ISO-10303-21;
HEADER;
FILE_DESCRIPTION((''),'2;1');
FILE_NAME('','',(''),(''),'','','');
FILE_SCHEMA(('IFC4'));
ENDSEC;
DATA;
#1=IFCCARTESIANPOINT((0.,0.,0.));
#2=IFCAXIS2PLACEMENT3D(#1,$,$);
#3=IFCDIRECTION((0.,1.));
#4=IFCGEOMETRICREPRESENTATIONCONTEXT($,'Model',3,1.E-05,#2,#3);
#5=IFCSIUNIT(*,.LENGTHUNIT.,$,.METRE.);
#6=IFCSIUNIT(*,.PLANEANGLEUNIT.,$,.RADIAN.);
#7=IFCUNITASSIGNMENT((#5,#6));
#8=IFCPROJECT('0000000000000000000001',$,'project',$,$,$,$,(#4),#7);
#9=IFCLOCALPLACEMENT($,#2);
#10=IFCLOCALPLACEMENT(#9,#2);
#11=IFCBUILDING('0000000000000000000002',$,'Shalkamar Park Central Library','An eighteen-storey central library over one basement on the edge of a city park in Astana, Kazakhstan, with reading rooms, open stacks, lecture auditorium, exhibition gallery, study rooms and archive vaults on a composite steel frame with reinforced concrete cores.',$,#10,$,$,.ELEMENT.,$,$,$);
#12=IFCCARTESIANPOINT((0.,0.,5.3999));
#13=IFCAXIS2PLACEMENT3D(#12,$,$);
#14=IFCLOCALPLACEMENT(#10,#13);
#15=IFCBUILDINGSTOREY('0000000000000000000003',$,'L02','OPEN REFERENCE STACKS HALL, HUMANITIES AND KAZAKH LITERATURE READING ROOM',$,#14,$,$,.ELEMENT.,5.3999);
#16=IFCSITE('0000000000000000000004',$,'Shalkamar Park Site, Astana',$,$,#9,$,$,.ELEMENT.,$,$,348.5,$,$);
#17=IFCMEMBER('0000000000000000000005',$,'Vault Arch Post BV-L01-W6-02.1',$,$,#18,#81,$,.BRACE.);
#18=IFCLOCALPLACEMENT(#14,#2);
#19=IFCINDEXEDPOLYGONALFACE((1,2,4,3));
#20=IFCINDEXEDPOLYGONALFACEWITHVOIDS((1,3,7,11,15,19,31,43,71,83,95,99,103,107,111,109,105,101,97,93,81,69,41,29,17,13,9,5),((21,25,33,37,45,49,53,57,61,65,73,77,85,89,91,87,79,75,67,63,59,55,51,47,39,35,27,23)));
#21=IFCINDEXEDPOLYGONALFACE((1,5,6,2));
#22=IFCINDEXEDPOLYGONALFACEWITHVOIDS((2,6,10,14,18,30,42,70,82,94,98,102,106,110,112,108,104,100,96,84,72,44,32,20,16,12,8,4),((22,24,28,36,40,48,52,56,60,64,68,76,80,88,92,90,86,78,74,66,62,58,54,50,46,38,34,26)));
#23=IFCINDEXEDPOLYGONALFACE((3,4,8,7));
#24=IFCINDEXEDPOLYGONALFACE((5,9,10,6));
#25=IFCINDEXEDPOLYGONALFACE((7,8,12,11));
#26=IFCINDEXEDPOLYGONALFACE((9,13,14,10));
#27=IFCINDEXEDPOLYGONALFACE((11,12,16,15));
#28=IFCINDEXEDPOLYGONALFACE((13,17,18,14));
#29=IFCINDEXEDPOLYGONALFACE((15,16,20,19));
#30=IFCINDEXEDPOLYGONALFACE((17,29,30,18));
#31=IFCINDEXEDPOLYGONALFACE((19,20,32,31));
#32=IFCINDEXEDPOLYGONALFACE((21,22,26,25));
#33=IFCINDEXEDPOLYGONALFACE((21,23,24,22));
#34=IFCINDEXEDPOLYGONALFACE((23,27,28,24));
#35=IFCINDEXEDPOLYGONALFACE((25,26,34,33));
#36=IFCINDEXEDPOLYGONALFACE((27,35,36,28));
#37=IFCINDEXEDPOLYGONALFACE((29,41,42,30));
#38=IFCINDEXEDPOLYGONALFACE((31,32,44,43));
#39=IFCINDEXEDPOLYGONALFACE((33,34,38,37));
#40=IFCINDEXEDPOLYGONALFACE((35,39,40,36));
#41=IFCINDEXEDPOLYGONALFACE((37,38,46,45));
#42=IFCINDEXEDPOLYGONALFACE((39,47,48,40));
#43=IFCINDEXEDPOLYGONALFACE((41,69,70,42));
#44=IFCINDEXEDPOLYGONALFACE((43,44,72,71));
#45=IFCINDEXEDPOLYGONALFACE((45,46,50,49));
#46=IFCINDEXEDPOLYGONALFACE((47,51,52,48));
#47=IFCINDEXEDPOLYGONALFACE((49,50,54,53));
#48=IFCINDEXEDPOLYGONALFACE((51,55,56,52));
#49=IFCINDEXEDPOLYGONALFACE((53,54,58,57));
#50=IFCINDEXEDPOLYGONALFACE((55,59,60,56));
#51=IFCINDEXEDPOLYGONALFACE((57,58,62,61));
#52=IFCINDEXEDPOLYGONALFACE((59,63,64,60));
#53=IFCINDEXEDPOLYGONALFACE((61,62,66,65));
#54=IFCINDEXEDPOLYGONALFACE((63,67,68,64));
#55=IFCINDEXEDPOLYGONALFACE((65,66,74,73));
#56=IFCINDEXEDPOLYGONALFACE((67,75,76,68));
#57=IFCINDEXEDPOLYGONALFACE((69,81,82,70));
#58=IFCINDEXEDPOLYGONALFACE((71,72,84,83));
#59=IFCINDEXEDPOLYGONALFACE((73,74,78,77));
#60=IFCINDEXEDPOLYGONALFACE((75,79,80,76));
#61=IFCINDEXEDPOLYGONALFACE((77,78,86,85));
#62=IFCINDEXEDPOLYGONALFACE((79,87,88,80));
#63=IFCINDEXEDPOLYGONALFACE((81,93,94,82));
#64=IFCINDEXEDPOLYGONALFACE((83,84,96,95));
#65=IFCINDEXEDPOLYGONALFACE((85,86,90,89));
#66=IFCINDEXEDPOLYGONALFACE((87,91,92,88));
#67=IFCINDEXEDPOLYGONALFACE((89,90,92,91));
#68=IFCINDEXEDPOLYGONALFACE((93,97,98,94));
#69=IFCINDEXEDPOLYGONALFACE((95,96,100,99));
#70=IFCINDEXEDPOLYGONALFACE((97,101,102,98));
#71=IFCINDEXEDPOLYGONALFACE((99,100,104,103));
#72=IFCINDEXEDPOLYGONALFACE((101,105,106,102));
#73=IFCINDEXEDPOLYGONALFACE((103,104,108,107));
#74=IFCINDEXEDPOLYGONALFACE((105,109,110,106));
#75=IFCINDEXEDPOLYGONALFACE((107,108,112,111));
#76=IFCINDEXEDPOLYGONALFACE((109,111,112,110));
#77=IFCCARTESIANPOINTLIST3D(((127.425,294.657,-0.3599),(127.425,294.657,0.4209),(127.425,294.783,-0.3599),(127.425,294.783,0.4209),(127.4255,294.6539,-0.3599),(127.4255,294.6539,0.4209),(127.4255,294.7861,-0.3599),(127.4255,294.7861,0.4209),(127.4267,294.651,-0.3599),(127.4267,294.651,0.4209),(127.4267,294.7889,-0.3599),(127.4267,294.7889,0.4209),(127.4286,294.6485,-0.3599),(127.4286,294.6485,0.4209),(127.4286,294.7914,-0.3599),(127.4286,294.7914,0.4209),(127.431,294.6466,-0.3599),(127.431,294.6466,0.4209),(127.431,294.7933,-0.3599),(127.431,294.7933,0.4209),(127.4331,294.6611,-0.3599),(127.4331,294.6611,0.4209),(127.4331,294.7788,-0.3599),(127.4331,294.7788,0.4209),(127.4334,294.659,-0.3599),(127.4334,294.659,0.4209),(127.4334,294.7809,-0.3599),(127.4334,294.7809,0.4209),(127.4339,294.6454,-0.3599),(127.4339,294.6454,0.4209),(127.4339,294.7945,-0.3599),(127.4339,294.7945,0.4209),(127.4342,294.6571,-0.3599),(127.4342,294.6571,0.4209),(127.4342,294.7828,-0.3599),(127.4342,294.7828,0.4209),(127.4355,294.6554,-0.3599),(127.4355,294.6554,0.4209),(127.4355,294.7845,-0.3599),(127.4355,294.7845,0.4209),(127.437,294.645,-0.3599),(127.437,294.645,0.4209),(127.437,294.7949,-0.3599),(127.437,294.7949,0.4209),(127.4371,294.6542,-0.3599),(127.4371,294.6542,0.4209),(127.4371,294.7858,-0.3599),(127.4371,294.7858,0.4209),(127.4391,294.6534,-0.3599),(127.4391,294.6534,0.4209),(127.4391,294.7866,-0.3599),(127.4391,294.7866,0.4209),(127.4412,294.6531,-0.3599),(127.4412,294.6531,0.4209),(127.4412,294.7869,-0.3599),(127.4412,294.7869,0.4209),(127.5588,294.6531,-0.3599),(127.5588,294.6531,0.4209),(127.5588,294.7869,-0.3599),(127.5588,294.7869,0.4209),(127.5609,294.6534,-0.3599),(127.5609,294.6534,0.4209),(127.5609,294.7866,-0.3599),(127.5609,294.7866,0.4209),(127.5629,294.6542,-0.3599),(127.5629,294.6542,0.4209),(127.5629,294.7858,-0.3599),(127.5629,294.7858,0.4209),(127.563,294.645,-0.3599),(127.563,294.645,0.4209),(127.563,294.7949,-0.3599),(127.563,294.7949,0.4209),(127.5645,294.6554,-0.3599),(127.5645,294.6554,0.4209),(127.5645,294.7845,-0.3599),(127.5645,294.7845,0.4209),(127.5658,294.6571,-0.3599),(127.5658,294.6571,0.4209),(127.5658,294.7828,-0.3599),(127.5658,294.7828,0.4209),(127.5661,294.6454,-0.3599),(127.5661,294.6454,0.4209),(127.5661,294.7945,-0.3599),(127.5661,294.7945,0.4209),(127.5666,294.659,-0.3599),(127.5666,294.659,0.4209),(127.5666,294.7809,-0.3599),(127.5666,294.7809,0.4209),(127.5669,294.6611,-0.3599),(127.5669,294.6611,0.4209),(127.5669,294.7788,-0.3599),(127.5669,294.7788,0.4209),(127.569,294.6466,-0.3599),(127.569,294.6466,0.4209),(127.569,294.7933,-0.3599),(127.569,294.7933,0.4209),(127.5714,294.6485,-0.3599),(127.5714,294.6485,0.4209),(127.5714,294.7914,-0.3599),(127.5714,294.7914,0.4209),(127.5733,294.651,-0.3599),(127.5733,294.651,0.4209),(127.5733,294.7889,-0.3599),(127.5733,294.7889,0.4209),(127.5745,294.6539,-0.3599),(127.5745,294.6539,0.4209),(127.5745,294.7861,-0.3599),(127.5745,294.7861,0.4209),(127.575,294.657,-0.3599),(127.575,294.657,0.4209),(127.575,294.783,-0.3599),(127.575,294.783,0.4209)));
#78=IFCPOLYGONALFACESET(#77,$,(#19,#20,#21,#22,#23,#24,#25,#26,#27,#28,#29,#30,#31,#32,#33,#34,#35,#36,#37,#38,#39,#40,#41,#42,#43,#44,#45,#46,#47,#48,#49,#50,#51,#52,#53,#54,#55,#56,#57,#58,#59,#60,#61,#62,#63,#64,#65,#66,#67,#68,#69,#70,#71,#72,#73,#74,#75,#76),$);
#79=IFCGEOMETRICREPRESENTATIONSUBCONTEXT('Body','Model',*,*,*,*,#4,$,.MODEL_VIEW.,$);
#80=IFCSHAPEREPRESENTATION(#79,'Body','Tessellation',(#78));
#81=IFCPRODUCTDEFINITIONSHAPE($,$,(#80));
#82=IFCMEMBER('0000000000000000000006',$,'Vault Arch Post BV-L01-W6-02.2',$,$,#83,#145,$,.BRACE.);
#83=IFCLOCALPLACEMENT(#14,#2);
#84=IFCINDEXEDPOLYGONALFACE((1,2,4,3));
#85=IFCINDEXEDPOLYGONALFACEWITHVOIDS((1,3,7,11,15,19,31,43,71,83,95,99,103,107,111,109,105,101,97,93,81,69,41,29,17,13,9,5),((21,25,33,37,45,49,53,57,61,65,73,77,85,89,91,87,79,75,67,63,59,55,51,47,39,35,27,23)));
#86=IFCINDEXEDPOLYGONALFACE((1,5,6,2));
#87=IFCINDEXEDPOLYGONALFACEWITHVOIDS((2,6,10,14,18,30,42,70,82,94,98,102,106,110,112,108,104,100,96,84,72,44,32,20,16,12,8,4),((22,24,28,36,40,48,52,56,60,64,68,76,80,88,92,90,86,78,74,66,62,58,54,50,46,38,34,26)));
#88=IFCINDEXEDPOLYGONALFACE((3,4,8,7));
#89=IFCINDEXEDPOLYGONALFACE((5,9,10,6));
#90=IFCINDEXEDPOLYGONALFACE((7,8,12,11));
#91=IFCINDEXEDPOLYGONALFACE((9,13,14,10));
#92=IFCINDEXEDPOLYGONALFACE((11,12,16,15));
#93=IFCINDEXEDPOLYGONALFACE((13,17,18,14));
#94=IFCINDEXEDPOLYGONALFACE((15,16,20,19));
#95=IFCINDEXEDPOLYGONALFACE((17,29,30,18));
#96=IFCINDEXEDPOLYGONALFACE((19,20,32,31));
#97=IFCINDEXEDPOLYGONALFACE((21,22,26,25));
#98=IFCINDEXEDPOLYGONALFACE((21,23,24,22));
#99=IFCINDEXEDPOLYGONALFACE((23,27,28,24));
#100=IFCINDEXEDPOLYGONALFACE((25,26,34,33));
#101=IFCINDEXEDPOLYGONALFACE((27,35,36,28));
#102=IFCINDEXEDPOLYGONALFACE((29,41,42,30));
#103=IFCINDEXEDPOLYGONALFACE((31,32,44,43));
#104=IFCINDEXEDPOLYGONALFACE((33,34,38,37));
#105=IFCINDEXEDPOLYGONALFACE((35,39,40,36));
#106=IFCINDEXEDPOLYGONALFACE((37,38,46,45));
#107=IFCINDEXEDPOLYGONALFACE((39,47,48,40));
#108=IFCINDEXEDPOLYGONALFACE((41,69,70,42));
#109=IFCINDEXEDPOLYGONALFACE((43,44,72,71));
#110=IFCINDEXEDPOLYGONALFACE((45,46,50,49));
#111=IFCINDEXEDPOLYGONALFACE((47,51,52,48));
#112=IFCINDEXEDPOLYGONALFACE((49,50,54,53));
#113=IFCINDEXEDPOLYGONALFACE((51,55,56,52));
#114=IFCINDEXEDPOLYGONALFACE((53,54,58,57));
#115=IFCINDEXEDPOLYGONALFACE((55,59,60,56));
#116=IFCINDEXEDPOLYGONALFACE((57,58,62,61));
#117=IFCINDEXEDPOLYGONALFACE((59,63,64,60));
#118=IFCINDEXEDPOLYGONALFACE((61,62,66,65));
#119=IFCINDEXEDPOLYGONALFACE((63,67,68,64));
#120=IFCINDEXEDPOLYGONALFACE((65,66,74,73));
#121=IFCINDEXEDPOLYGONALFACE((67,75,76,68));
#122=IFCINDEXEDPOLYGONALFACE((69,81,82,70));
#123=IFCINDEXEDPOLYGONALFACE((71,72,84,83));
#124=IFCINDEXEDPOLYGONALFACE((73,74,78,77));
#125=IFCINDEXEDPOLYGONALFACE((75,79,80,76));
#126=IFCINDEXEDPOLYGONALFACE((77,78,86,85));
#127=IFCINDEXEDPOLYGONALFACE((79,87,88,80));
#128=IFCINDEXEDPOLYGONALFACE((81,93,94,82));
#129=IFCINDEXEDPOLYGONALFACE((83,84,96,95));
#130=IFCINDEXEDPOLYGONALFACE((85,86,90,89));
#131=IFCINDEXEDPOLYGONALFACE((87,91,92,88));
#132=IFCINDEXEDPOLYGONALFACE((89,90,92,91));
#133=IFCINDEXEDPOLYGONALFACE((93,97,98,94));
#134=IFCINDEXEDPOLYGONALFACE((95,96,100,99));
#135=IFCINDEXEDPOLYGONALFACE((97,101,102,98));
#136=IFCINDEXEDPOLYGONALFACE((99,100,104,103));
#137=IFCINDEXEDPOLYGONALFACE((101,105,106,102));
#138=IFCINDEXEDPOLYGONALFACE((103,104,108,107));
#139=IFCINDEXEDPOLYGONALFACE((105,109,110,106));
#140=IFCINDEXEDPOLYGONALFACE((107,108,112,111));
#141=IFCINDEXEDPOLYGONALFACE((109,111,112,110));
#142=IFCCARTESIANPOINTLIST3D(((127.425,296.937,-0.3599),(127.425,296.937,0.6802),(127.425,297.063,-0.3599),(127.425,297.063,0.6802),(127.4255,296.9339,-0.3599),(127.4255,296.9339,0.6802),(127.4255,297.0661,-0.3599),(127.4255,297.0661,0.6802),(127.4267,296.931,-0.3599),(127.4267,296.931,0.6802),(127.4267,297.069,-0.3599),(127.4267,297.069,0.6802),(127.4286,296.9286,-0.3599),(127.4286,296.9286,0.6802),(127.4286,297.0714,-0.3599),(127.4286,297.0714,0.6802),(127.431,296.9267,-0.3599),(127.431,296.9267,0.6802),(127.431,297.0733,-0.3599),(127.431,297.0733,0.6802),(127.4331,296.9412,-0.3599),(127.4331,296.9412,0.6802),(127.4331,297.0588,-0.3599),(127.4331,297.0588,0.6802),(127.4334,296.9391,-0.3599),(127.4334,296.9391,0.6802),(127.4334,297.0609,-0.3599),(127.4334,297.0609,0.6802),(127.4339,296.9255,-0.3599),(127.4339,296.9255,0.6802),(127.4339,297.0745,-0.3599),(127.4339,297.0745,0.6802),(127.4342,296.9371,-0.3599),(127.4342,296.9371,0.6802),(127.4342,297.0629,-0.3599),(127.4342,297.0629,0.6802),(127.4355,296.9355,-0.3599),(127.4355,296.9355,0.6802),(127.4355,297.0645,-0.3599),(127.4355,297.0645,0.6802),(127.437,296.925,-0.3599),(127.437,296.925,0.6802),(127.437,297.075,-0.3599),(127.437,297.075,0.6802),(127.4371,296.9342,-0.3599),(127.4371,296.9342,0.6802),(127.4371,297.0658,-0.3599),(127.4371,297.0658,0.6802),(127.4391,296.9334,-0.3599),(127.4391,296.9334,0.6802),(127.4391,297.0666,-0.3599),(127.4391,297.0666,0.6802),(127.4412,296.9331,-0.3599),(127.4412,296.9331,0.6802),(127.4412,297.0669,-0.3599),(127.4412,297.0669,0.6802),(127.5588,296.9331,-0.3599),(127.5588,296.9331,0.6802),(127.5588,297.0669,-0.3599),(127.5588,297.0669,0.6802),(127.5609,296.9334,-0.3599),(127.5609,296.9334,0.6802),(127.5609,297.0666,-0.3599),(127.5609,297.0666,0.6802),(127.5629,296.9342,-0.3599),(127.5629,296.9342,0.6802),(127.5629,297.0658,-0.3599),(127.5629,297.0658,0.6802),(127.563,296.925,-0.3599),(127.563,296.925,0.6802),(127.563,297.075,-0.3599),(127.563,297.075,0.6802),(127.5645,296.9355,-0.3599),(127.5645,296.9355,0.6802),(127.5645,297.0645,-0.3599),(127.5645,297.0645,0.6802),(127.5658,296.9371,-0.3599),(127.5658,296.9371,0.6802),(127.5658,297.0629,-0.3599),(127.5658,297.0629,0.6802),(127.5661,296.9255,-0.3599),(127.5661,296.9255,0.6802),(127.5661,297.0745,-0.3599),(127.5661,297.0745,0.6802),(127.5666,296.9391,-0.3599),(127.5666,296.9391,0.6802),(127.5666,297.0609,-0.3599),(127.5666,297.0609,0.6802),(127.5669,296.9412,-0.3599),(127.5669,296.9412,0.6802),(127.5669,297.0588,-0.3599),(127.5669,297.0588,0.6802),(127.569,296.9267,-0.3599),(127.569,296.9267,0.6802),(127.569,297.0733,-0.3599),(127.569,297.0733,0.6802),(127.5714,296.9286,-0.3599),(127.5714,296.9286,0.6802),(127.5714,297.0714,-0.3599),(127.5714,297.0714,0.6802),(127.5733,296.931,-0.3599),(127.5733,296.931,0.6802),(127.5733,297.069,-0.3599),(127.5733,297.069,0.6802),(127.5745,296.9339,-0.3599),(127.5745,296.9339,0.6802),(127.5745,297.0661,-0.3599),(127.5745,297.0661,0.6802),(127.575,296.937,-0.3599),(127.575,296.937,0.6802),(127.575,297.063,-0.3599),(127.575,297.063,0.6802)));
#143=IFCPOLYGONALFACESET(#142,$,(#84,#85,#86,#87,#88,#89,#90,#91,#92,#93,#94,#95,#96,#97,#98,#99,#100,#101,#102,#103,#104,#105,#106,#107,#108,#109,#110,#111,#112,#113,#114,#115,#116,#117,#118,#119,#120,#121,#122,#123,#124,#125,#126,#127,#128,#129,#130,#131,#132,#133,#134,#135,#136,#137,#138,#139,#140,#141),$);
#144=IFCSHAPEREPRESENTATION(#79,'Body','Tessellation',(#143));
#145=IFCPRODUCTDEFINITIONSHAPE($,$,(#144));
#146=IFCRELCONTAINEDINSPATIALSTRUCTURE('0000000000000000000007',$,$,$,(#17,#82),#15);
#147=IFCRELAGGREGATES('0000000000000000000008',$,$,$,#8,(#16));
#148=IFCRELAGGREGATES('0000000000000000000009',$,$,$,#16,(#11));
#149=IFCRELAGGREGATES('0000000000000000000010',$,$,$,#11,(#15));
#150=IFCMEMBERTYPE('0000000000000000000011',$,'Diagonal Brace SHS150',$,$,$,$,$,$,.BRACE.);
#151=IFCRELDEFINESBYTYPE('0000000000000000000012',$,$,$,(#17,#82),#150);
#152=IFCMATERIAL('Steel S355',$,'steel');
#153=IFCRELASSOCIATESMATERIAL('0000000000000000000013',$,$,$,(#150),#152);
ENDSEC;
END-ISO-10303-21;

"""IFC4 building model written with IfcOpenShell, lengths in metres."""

from ifc_helpers import new_model, si_unit, direction, frame, origin, origin_2d, place, context, subcontext, project, spatial, hollow_rectangle, extrude, material, material_profile, profile_set, type_object, element, save


model = new_model("IFC4")

# Units and contexts
model_context = context("Model", 3, precision=1e-05, world=origin(), true_north=direction((0.0, 1.0)))
body_context = subcontext(model_context, "Body", "Model", "MODEL_VIEW")
ifc_project = project(units=[si_unit("LENGTHUNIT", "METRE"), si_unit("PLANEANGLEUNIT", "RADIAN")], contexts=[model_context])

# Site, building, storey
site_placement = place(None, origin())
site = spatial("IfcSite", under=ifc_project, at=site_placement, Name="Shalkamar Park Site, Astana", CompositionType="ELEMENT", RefElevation=348.5)
building_placement = place(site_placement, origin())
building = spatial("IfcBuilding", under=site, at=building_placement, Name="Shalkamar Park Central Library", Description="An eighteen-storey central library over one basement on the edge of a city park in Astana, Kazakhstan, with reading rooms, open stacks, lecture auditorium, exhibition gallery, study rooms and archive vaults on a composite steel frame with reinforced concrete cores.", CompositionType="ELEMENT")
storey_placement = place(building_placement, frame((0.0, 0.0, 5.3999)))
storey = spatial("IfcBuildingStorey", under=building, at=storey_placement, Name="L02", Description="OPEN REFERENCE STACKS HALL, HUMANITIES AND KAZAKH LITERATURE READING ROOM", CompositionType="ELEMENT", Elevation=5.3999)

# Members
ifc_material_1 = material(Name="Steel S355", Category="steel")
ifc_material_profile_1 = material_profile(ifc_material_1, hollow_rectangle(XDim=0.1499, YDim=0.1499, WallThickness=0.0081, InnerFilletRadius=0.0081, OuterFilletRadius=0.012, at=origin_2d()), Name="SHS 150x150x8")
ifc_profile_set_1 = profile_set([ifc_material_profile_1], Name="Steel S355")
member_type_1 = type_object("IfcMemberType", Name="Diagonal Brace SHS150", PredefinedType="BRACE", material=ifc_profile_set_1)
for number, where, z_axis, x_axis, name in (
    (1, (127.5, 294.72, -0.3599), (0.0, 0.0, 1.0), (1.0, 0.0, 0.0), "Vault Arch Post BV-L01-W6-02.1"),
):
    element("IfcMember", number, at=place(storey_placement, frame(where, z_axis=z_axis, x_axis=x_axis)), inside=storey, type_object=member_type_1, Name=name, PredefinedType="BRACE", context=body_context, shape_type="SweptSolid", body=[
        extrude(hollow_rectangle(XDim=0.1499, YDim=0.1499, WallThickness=0.0081, InnerFilletRadius=0.0081, OuterFilletRadius=0.012, at=origin_2d()), origin(), (0.0, 0.0, 1.0), 0.7808),
    ])
member_1_placement = place(storey_placement, frame((127.5, 297.0, -0.3599), z_axis=(0.0, 0.0, 1.0), x_axis=(1.0, 0.0, 0.0)))
element("IfcMember", 2, at=member_1_placement, inside=storey, type_object=member_type_1, Name="Vault Arch Post BV-L01-W6-02.2", PredefinedType="BRACE", context=body_context, shape_type="SweptSolid", body=[
    extrude(hollow_rectangle(XDim=0.1499, YDim=0.1499, WallThickness=0.0081, InnerFilletRadius=0.0081, OuterFilletRadius=0.012, at=origin_2d()), origin(), (0.0, 0.0, 1.0), 1.04),
])

save(model, "model.ifc")
